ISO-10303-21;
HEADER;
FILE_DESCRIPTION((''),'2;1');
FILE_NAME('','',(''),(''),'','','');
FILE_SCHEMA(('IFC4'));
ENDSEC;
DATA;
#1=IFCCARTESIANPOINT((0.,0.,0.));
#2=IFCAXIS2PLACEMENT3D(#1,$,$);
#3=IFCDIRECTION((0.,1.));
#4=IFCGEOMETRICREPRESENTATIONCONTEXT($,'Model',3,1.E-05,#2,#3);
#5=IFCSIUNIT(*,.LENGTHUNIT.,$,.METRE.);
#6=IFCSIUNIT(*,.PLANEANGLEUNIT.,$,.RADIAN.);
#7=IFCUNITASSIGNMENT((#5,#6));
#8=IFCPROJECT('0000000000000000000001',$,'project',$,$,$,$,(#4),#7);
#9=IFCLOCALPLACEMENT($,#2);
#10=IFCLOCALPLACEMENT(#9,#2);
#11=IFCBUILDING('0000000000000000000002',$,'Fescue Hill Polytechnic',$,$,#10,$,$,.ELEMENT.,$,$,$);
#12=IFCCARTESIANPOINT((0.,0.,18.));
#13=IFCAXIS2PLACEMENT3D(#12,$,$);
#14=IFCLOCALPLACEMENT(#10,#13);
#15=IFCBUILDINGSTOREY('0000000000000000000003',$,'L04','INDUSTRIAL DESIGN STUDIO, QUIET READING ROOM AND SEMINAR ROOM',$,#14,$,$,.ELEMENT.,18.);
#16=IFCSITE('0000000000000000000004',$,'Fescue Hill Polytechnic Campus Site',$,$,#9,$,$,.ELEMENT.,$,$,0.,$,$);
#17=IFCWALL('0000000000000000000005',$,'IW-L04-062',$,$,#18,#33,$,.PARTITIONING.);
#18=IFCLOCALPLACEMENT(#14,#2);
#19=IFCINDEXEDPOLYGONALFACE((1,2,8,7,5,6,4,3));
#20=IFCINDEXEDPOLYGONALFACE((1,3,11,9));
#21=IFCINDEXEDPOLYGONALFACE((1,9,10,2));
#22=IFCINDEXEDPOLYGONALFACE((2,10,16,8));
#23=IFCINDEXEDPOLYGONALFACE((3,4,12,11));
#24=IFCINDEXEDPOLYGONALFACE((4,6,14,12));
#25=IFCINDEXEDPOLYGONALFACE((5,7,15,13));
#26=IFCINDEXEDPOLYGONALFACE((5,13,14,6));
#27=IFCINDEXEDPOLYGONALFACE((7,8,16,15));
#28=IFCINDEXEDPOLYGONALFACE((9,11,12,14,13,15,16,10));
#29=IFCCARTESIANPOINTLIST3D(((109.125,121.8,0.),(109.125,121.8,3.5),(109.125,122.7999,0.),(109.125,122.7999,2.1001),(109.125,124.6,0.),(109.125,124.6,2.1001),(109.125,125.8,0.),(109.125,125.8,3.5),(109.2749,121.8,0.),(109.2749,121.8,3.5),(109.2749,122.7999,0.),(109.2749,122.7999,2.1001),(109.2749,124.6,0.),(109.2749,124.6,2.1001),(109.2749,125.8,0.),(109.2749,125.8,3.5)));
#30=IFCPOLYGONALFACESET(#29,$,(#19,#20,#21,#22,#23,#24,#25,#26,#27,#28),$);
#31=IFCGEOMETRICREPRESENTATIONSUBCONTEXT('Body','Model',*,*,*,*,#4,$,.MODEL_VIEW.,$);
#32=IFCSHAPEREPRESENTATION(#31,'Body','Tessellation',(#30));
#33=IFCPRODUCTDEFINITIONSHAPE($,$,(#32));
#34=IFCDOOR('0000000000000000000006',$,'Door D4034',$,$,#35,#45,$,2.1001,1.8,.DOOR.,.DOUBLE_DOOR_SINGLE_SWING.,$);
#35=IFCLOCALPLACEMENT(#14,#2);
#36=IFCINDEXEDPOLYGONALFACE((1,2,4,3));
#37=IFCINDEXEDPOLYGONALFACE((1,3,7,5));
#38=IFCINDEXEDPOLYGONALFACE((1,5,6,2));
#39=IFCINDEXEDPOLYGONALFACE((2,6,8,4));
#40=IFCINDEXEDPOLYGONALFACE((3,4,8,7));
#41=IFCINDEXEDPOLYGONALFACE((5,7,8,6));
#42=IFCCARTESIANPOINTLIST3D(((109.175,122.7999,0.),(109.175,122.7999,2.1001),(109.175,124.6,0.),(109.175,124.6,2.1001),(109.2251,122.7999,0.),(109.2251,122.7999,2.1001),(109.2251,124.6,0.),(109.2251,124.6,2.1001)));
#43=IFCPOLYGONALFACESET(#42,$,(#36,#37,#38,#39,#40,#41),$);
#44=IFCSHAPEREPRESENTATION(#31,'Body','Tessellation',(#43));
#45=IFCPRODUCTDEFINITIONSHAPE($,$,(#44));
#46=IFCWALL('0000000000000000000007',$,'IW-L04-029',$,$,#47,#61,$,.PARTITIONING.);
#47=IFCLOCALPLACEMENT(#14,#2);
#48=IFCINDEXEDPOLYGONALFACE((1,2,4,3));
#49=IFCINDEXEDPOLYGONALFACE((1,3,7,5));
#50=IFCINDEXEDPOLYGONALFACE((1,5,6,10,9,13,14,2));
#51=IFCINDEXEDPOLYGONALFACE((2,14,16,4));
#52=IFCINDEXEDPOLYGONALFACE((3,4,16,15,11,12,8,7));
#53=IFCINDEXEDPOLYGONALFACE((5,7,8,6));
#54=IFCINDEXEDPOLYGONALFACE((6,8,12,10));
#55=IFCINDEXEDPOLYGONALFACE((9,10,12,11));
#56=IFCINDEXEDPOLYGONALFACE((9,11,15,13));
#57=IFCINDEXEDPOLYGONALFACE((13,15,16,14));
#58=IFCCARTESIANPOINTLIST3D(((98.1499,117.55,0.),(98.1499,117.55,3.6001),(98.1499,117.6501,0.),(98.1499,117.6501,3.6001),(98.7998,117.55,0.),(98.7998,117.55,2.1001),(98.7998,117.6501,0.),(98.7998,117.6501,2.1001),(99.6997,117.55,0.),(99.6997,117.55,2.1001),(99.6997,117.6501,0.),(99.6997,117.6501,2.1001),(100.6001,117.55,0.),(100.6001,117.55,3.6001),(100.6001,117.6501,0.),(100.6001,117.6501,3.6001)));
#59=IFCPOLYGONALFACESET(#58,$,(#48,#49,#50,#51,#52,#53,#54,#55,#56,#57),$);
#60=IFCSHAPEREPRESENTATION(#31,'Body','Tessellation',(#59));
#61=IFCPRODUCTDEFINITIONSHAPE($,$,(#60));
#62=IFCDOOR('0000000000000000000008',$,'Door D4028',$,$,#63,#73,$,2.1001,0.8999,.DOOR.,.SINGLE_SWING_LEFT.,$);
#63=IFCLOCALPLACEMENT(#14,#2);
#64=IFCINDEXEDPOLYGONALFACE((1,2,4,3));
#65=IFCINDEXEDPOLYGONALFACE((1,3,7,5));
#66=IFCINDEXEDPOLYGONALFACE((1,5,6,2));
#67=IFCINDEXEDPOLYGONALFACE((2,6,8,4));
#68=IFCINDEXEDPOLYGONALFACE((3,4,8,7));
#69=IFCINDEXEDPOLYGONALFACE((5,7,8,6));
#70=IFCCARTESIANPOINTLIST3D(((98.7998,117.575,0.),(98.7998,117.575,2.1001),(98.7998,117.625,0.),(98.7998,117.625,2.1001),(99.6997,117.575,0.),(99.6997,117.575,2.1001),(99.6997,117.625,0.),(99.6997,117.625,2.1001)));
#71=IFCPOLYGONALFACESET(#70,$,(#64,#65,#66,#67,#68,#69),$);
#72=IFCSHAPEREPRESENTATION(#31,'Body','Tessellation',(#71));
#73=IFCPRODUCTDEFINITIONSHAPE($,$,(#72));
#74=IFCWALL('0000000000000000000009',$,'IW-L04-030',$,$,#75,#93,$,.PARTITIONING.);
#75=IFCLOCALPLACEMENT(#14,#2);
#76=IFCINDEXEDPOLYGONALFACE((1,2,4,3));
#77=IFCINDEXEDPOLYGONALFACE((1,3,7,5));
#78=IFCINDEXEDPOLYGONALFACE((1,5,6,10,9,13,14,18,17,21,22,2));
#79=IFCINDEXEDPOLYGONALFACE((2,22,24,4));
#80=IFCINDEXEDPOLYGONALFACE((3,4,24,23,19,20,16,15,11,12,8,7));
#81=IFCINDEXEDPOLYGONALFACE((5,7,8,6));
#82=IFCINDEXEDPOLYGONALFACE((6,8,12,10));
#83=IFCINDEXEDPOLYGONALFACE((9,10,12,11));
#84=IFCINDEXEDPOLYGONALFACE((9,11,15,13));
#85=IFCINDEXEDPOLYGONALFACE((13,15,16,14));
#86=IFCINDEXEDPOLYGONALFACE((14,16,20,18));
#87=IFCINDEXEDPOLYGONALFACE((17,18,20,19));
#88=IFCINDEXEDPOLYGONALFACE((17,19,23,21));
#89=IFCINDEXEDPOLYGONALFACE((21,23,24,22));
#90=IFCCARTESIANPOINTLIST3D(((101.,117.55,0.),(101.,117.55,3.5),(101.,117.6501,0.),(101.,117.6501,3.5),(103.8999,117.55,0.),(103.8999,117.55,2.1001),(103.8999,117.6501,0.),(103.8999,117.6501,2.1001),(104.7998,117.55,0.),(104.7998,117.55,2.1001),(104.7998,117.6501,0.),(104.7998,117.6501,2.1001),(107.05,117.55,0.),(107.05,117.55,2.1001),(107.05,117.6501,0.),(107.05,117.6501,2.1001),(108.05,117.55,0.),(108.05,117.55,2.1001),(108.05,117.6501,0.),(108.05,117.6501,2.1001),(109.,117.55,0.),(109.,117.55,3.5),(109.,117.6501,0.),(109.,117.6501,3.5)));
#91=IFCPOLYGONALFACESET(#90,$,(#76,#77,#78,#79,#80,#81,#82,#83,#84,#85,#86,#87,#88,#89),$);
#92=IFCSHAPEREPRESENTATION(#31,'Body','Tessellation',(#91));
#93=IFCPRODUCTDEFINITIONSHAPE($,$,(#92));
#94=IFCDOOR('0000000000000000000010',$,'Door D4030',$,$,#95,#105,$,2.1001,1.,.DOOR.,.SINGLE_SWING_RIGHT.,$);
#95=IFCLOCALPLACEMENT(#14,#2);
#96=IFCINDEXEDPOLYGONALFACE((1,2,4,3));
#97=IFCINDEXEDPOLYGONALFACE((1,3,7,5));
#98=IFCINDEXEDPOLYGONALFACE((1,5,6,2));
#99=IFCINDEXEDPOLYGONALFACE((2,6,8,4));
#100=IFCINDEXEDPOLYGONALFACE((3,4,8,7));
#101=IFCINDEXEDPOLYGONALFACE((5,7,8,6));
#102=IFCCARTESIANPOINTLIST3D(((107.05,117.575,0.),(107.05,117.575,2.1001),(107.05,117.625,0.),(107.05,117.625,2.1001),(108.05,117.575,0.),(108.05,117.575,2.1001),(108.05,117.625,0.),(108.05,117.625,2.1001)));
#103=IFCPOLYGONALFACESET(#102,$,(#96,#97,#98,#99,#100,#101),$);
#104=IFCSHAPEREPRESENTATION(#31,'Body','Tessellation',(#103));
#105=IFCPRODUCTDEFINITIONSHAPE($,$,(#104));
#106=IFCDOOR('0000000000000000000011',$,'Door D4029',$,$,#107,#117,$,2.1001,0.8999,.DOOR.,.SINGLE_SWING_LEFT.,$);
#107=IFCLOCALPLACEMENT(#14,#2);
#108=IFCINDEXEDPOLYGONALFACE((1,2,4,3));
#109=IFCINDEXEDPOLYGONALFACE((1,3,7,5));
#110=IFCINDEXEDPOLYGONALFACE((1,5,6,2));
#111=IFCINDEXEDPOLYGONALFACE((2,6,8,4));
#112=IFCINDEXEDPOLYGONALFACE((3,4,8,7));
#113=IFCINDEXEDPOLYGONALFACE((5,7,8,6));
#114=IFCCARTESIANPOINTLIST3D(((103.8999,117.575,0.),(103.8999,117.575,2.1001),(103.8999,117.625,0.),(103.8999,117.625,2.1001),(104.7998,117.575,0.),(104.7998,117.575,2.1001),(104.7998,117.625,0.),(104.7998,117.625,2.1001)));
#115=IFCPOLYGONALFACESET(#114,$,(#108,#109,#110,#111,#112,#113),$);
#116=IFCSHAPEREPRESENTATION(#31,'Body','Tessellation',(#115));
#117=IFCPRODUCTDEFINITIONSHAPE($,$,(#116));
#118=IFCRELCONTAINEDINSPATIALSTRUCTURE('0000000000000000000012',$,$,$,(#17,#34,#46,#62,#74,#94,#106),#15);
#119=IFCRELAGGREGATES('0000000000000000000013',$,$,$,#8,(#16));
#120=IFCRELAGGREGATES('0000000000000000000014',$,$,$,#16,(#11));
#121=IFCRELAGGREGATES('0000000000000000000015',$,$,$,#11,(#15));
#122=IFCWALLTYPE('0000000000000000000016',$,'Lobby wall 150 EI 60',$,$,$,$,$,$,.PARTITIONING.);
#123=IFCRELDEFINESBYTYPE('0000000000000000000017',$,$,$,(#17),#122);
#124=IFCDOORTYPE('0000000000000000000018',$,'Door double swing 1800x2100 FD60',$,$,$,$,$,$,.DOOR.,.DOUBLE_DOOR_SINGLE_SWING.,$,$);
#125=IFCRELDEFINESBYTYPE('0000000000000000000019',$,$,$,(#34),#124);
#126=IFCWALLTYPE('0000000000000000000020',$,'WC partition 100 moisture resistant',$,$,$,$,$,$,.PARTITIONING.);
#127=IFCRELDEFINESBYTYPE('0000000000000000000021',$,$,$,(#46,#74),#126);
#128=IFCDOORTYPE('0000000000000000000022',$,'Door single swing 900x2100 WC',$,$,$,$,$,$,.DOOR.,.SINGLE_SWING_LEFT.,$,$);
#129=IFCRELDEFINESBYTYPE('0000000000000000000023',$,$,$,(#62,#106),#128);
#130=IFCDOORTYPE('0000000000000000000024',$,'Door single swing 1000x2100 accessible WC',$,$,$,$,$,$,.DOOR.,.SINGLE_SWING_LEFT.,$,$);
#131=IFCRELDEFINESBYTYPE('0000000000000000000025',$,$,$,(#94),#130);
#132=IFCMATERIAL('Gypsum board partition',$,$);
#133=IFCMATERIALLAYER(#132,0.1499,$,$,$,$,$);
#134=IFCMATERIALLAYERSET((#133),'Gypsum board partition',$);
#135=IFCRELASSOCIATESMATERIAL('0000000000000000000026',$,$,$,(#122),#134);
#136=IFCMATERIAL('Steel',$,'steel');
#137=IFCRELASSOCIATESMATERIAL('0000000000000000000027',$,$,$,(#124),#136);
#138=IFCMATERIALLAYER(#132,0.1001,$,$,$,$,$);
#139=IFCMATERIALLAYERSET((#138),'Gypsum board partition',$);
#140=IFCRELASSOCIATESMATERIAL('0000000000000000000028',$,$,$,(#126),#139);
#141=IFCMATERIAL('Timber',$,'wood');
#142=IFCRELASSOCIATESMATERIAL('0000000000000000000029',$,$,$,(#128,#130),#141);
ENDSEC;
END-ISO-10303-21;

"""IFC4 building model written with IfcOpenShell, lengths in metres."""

from ifc_helpers import new_model, si_unit, direction, frame, frame_2d, origin, place, context, subcontext, project, spatial, rectangle, extrude, material, layer, layer_set, type_object, element, fill, save


model = new_model("IFC4")

# Units and contexts
model_context = context("Model", 3, precision=1e-05, world=origin(), true_north=direction((0.0, 1.0)))
body_context = subcontext(model_context, "Body", "Model", "MODEL_VIEW")
ifc_project = project(units=[si_unit("LENGTHUNIT", "METRE"), si_unit("PLANEANGLEUNIT", "RADIAN")], contexts=[model_context])

# Site, building, storey
site_placement = place(None, origin())
site = spatial("IfcSite", under=ifc_project, at=site_placement, Name="Fescue Hill Polytechnic Campus Site", CompositionType="ELEMENT", RefElevation=0.0)
building_placement = place(site_placement, origin())
building = spatial("IfcBuilding", under=site, at=building_placement, Name="Fescue Hill Polytechnic", CompositionType="ELEMENT")
storey_placement = place(building_placement, frame((0.0, 0.0, 18.0)))
storey = spatial("IfcBuildingStorey", under=building, at=storey_placement, Name="L04", Description="INDUSTRIAL DESIGN STUDIO, QUIET READING ROOM AND SEMINAR ROOM", CompositionType="ELEMENT", Elevation=18.0)

# Walls, openings, doors
ifc_material_1 = material(Name="Gypsum board partition")
ifc_layer_1 = layer(ifc_material_1, 0.1499)
ifc_layer_set_1 = layer_set([ifc_layer_1], Name="Gypsum board partition")
wall_type_1 = type_object("IfcWallType", Name="Lobby wall 150 EI 60", PredefinedType="PARTITIONING", material=ifc_layer_set_1)
wall_1_placement = place(storey_placement, frame((109.2, 121.8, 0.0), z_axis=(0.0, 0.0, 1.0), x_axis=(0.0, 1.0, 0.0)))
wall_1 = element("IfcWall", 1, at=wall_1_placement, inside=storey, type_object=wall_type_1, Name="IW-L04-062", PredefinedType="PARTITIONING", context=body_context, shape_type="SweptSolid", body=[
    extrude(rectangle(XDim=4.0, YDim=0.1499, at=frame_2d((2.0, 0.0))), origin(), (0.0, 0.0, 1.0), 3.5),
])
opening_1_placement = place(wall_1_placement, frame((1.0, 0.0, 0.0)))
opening_1 = element("IfcOpeningElement", 2, at=opening_1_placement, cuts=wall_1, PredefinedType="OPENING", context=body_context, shape_type="SweptSolid", body=[
    extrude(rectangle(XDim=1.8, YDim=2.1001, at=frame_2d((0.8999, 1.05))), frame((0.0, 0.085, 0.0), z_axis=(0.0, -1.0, 0.0), x_axis=(1.0, 0.0, 0.0)), (0.0, 0.0, 1.0), 0.1699),
])
ifc_material_2 = material(Name="Steel", Category="steel")
door_type_1 = type_object("IfcDoorType", Name="Door double swing 1800x2100 FD60", OperationType="DOUBLE_DOOR_SINGLE_SWING", PredefinedType="DOOR", material=ifc_material_2)
door_1_placement = place(opening_1_placement, origin())
door_1 = element("IfcDoor", 3, at=door_1_placement, inside=storey, type_object=door_type_1, Name="Door D4034", OperationType="DOUBLE_DOOR_SINGLE_SWING", OverallHeight=2.1001, OverallWidth=1.8, PredefinedType="DOOR", context=body_context, shape_type="SweptSolid", body=[
    extrude(rectangle(XDim=1.8, YDim=2.1001, at=frame_2d((0.8999, 1.05))), frame((0.0, 0.0249, 0.0), z_axis=(0.0, -1.0, 0.0), x_axis=(1.0, 0.0, 0.0)), (0.0, 0.0, 1.0), 0.05),
])
fill(opening_1, door_1)
ifc_layer_2 = layer(ifc_material_1, 0.1001)
ifc_layer_set_2 = layer_set([ifc_layer_2], Name="Gypsum board partition")
wall_type_2 = type_object("IfcWallType", Name="WC partition 100 moisture resistant", PredefinedType="PARTITIONING", material=ifc_layer_set_2)
wall_2_placement = place(storey_placement, frame((98.1499, 117.6001, 0.0), z_axis=(0.0, 0.0, 1.0), x_axis=(1.0, 0.0, 0.0)))
wall_2 = element("IfcWall", 4, at=wall_2_placement, inside=storey, type_object=wall_type_2, Name="IW-L04-029", PredefinedType="PARTITIONING", context=body_context, shape_type="SweptSolid", body=[
    extrude(rectangle(XDim=2.4502, YDim=0.1001, at=frame_2d((1.2251, 0.0))), origin(), (0.0, 0.0, 1.0), 3.6001),
])
opening_2_placement = place(wall_2_placement, frame((0.6499, 0.0, 0.0)))
opening_2 = element("IfcOpeningElement", 5, at=opening_2_placement, cuts=wall_2, PredefinedType="OPENING", context=body_context, shape_type="SweptSolid", body=[
    extrude(rectangle(XDim=0.8999, YDim=2.1001, at=frame_2d((0.45, 1.05))), frame((0.0, 0.0601, 0.0), z_axis=(0.0, -1.0, 0.0), x_axis=(1.0, 0.0, 0.0)), (0.0, 0.0, 1.0), 0.1201),
])
ifc_material_3 = material(Name="Timber", Category="wood")
door_type_2 = type_object("IfcDoorType", Name="Door single swing 900x2100 WC", OperationType="SINGLE_SWING_LEFT", PredefinedType="DOOR", material=ifc_material_3)
door_2_placement = place(opening_2_placement, origin())
door_2 = element("IfcDoor", 6, at=door_2_placement, inside=storey, type_object=door_type_2, Name="Door D4028", OperationType="SINGLE_SWING_LEFT", OverallHeight=2.1001, OverallWidth=0.8999, PredefinedType="DOOR", context=body_context, shape_type="SweptSolid", body=[
    extrude(rectangle(XDim=0.8999, YDim=2.1001, at=frame_2d((0.45, 1.05))), frame((0.0, 0.0249, 0.0), z_axis=(0.0, -1.0, 0.0), x_axis=(1.0, 0.0, 0.0)), (0.0, 0.0, 1.0), 0.05),
])
fill(opening_2, door_2)

# Wall, openings, doors
wall_3_placement = place(storey_placement, frame((101.0, 117.6001, 0.0), z_axis=(0.0, 0.0, 1.0), x_axis=(1.0, 0.0, 0.0)))
wall_3 = element("IfcWall", 7, at=wall_3_placement, inside=storey, type_object=wall_type_2, Name="IW-L04-030", PredefinedType="PARTITIONING", context=body_context, shape_type="SweptSolid", body=[
    extrude(rectangle(XDim=8.0, YDim=0.1001, at=frame_2d((4.0, 0.0))), origin(), (0.0, 0.0, 1.0), 3.5),
])
opening_3_placement = place(wall_3_placement, frame((2.8999, 0.0, 0.0)))
opening_3 = element("IfcOpeningElement", 8, at=opening_3_placement, cuts=wall_3, PredefinedType="OPENING", context=body_context, shape_type="SweptSolid", body=[
    extrude(rectangle(XDim=0.8999, YDim=2.1001, at=frame_2d((0.45, 1.05))), frame((0.0, 0.0601, 0.0), z_axis=(0.0, -1.0, 0.0), x_axis=(1.0, 0.0, 0.0)), (0.0, 0.0, 1.0), 0.1201),
])
opening_4_placement = place(wall_3_placement, frame((6.05, 0.0, 0.0)))
opening_4 = element("IfcOpeningElement", 9, at=opening_4_placement, cuts=wall_3, PredefinedType="OPENING", context=body_context, shape_type="SweptSolid", body=[
    extrude(rectangle(XDim=1.0, YDim=2.1001, at=frame_2d((0.5, 1.05))), frame((0.0, 0.0601, 0.0), z_axis=(0.0, -1.0, 0.0), x_axis=(1.0, 0.0, 0.0)), (0.0, 0.0, 1.0), 0.1201),
])
door_type_3 = type_object("IfcDoorType", Name="Door single swing 1000x2100 accessible WC", OperationType="SINGLE_SWING_LEFT", PredefinedType="DOOR", material=ifc_material_3)
door_3_placement = place(opening_4_placement, origin())
door_3 = element("IfcDoor", 10, at=door_3_placement, inside=storey, type_object=door_type_3, Name="Door D4030", OperationType="SINGLE_SWING_RIGHT", OverallHeight=2.1001, OverallWidth=1.0, PredefinedType="DOOR", context=body_context, shape_type="SweptSolid", body=[
    extrude(rectangle(XDim=1.0, YDim=2.1001, at=frame_2d((0.5, 1.05))), frame((0.0, 0.0249, 0.0), z_axis=(0.0, -1.0, 0.0), x_axis=(1.0, 0.0, 0.0)), (0.0, 0.0, 1.0), 0.05),
])
fill(opening_4, door_3)
door_4_placement = place(opening_3_placement, origin())
door_4 = element("IfcDoor", 11, at=door_4_placement, inside=storey, type_object=door_type_2, Name="Door D4029", OperationType="SINGLE_SWING_LEFT", OverallHeight=2.1001, OverallWidth=0.8999, PredefinedType="DOOR", context=body_context, shape_type="SweptSolid", body=[
    extrude(rectangle(XDim=0.8999, YDim=2.1001, at=frame_2d((0.45, 1.05))), frame((0.0, 0.0249, 0.0), z_axis=(0.0, -1.0, 0.0), x_axis=(1.0, 0.0, 0.0)), (0.0, 0.0, 1.0), 0.05),
])
fill(opening_3, door_4)

save(model, "model.ifc")
